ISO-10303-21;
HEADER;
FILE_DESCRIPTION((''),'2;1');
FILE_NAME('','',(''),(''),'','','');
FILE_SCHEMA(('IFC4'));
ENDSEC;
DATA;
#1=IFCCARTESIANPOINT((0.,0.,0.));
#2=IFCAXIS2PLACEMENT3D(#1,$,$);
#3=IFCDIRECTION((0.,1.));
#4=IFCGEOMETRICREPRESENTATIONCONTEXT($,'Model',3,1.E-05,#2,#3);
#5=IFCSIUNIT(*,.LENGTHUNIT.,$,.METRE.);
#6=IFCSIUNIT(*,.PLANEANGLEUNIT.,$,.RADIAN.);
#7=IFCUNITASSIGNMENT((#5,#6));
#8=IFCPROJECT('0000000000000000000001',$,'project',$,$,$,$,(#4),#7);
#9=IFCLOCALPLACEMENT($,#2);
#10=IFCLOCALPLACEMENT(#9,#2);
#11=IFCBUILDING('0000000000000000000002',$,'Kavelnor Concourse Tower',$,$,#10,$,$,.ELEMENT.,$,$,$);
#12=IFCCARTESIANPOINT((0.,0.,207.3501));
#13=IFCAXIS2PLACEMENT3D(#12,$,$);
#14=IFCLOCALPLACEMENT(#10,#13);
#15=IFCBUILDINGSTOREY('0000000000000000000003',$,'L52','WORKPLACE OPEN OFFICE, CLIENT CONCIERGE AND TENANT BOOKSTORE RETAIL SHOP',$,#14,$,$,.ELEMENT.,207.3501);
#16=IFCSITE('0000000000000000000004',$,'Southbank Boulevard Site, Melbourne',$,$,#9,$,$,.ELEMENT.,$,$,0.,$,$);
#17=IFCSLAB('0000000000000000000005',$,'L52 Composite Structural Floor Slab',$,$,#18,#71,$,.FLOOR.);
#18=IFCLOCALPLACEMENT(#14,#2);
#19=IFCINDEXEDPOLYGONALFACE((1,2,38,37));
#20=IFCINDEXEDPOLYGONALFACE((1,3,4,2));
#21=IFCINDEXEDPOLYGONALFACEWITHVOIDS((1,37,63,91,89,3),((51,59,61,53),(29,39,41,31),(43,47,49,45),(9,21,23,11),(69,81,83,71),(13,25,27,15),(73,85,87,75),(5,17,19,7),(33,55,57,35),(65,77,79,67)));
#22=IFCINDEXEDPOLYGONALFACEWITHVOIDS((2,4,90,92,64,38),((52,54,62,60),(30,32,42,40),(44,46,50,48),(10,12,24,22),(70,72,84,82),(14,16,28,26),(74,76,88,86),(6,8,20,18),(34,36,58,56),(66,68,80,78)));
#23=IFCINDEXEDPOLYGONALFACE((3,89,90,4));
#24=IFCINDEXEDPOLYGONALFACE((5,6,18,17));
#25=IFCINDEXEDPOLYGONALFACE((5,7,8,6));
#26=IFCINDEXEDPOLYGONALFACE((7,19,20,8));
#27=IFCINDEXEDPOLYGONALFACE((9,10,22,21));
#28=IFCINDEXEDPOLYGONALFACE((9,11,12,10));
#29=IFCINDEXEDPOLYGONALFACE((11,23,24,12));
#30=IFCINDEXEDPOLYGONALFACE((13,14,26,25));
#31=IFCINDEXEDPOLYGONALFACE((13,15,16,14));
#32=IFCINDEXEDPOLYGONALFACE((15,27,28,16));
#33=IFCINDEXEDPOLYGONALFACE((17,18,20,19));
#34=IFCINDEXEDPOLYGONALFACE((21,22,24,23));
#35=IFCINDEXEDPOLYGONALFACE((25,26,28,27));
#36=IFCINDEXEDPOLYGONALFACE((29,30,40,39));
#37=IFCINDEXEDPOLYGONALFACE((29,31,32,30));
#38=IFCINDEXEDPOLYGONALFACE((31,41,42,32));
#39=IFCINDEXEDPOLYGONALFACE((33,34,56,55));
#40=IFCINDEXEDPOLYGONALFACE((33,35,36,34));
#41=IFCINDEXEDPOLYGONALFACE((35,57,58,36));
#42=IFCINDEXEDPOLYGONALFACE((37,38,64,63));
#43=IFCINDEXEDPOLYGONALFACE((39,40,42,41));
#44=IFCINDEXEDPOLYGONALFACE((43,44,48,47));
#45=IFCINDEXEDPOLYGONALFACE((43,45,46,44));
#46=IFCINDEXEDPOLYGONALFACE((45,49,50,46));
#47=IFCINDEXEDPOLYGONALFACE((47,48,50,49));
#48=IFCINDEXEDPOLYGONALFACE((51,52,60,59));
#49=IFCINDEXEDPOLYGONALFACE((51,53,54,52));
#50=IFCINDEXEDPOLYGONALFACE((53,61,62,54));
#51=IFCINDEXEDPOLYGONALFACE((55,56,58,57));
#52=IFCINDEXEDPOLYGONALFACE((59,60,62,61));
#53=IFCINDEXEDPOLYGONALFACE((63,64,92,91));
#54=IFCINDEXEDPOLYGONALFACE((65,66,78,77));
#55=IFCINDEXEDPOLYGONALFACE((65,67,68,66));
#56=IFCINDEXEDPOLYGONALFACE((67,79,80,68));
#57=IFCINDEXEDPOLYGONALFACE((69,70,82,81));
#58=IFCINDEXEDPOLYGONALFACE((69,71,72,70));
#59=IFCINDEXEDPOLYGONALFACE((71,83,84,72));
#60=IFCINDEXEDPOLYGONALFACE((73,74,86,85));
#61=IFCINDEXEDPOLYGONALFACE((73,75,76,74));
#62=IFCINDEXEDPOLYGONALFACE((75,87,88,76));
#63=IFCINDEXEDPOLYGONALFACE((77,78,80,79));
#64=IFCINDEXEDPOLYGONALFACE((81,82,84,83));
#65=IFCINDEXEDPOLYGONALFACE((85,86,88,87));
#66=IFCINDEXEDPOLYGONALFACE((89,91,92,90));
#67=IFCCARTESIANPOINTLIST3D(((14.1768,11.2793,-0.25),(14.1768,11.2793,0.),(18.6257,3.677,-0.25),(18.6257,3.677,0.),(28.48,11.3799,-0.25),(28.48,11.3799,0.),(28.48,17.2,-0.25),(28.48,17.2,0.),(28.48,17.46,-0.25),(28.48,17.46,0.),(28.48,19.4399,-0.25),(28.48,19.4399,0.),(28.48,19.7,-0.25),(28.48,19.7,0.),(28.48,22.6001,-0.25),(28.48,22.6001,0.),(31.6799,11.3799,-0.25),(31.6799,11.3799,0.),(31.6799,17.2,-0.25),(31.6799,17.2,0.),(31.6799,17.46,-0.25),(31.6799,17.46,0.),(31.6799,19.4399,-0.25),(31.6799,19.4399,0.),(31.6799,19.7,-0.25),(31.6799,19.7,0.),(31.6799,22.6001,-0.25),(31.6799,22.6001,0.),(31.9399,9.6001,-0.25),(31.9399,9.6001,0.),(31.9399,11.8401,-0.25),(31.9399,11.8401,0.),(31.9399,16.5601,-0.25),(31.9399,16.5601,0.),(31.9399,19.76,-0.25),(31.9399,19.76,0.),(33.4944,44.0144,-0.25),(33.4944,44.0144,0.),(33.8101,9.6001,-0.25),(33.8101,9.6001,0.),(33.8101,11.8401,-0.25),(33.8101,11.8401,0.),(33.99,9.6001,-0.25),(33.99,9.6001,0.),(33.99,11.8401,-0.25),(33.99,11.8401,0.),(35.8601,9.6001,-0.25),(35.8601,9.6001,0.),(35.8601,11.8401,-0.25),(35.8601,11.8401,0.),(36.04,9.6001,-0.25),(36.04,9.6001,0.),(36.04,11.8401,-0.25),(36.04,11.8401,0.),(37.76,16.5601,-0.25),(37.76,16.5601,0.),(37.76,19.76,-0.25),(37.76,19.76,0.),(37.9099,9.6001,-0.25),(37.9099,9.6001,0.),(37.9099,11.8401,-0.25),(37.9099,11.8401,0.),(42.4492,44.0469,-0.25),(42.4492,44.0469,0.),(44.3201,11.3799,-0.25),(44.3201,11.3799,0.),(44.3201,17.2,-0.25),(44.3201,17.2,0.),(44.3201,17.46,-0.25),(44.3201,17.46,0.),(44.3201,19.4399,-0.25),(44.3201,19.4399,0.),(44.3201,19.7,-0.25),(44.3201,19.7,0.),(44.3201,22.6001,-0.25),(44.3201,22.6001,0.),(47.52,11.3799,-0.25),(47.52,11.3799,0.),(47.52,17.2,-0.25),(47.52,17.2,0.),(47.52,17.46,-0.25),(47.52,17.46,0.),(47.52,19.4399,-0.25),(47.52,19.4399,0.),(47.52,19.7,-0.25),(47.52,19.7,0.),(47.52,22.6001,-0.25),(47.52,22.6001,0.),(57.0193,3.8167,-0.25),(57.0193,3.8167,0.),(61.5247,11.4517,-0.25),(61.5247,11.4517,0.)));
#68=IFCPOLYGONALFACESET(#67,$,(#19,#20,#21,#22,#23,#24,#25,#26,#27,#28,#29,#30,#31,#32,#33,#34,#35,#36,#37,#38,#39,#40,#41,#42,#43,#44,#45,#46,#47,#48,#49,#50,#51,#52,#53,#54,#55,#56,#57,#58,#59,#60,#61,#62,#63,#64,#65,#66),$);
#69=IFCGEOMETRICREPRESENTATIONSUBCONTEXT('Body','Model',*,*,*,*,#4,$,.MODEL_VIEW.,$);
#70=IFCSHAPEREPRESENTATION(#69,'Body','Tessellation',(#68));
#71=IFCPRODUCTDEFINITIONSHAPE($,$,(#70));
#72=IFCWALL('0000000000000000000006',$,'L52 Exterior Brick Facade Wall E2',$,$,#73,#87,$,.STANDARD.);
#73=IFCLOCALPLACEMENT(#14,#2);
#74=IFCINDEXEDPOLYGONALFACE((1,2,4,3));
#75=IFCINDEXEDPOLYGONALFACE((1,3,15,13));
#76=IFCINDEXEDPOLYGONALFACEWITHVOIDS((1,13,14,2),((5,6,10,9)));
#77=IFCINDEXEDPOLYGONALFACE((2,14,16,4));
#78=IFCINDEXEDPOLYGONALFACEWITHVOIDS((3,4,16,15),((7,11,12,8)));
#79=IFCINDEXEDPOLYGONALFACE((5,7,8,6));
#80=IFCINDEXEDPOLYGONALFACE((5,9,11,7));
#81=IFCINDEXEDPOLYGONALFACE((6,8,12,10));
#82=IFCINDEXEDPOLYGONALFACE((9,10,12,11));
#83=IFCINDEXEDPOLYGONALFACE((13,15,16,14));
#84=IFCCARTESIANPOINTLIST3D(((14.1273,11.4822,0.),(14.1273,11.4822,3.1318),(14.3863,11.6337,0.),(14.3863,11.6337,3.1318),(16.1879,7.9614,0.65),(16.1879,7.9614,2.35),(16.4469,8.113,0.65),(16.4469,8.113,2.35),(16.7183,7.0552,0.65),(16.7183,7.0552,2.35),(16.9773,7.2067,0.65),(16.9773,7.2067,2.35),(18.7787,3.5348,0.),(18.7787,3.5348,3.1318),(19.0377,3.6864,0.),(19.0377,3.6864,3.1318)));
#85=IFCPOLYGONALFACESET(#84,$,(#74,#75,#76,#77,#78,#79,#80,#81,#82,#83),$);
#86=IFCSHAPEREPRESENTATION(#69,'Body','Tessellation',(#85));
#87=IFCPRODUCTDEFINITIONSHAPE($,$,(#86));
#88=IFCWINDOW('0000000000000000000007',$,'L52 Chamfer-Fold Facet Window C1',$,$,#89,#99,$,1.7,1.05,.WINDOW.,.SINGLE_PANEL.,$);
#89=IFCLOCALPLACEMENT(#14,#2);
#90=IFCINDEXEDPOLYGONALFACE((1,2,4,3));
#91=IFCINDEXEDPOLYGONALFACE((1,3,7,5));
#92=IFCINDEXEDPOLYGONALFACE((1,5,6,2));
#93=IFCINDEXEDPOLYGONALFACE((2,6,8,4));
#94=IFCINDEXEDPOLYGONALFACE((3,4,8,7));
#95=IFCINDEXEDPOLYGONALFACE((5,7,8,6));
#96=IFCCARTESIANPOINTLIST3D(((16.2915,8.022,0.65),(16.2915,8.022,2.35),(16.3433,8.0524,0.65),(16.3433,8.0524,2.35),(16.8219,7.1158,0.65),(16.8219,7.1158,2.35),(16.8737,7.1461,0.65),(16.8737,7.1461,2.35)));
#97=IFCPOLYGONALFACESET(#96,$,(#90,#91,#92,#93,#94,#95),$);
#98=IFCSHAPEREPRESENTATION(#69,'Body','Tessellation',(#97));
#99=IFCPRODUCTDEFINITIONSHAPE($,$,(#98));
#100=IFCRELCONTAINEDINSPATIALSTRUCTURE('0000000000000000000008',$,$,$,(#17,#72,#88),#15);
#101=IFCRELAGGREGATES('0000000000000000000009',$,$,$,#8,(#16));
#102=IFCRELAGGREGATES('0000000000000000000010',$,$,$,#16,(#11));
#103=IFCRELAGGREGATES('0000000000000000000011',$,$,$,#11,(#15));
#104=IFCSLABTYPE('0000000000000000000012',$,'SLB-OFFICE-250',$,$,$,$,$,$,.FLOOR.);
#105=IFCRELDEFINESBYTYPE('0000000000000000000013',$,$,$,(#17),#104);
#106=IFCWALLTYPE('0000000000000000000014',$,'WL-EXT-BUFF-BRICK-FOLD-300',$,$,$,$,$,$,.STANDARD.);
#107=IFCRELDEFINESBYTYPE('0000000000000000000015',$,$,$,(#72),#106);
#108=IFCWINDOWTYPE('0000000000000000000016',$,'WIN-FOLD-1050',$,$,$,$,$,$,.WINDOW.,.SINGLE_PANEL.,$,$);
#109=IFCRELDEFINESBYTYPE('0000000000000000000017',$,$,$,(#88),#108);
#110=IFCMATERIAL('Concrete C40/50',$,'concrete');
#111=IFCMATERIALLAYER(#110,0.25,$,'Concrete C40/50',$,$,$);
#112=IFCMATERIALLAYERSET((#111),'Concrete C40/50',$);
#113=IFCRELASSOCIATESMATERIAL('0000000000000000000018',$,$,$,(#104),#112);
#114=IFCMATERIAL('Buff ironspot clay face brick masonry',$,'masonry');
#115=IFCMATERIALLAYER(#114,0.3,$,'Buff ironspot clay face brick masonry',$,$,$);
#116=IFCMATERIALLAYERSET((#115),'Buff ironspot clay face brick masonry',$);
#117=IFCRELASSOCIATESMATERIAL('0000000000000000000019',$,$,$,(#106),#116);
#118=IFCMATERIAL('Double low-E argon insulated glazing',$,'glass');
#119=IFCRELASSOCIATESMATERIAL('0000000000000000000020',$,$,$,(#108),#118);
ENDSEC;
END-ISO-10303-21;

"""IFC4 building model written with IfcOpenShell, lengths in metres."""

from ifc_helpers import new_model, si_unit, direction, frame, frame_2d, origin, place, context, subcontext, project, spatial, polyline, rectangle, outline, extrude, material, layer, layer_set, type_object, element, fill, save


model = new_model("IFC4")

# Units and contexts
model_context = context("Model", 3, precision=1e-05, world=origin(), true_north=direction((0.0, 1.0)))
body_context = subcontext(model_context, "Body", "Model", "MODEL_VIEW")
ifc_project = project(units=[si_unit("LENGTHUNIT", "METRE"), si_unit("PLANEANGLEUNIT", "RADIAN")], contexts=[model_context])

# Site, building, storey
site_placement = place(None, origin())
site = spatial("IfcSite", under=ifc_project, at=site_placement, Name="Southbank Boulevard Site, Melbourne", CompositionType="ELEMENT", RefElevation=0.0)
building_placement = place(site_placement, origin())
building = spatial("IfcBuilding", under=site, at=building_placement, Name="Kavelnor Concourse Tower", CompositionType="ELEMENT")
storey_placement = place(building_placement, frame((0.0, 0.0, 207.3501)))
storey = spatial("IfcBuildingStorey", under=building, at=storey_placement, Name="L52", Description="WORKPLACE OPEN OFFICE, CLIENT CONCIERGE AND TENANT BOOKSTORE RETAIL SHOP", CompositionType="ELEMENT", Elevation=207.3501)

# Shared definitions
ifc_material_1 = material(Name="Concrete C40/50", Category="concrete")

# Slab
ifc_layer_1 = layer(ifc_material_1, 0.25, Name="Concrete C40/50")
ifc_layer_set_1 = layer_set([ifc_layer_1], Name="Concrete C40/50")
slab_type_1 = type_object("IfcSlabType", Name="SLB-OFFICE-250", PredefinedType="FLOOR", material=ifc_layer_set_1)
slab_1_placement = place(storey_placement, frame((0.0, 0.0, -0.25)))
element("IfcSlab", 1, at=slab_1_placement, inside=storey, type_object=slab_type_1, Name="L52 Composite Structural Floor Slab", PredefinedType="FLOOR", context=body_context, shape_type="SweptSolid", body=[
    extrude(outline(polyline([(42.4492, 44.0469), (33.4944, 44.0144), (14.1768, 11.2793), (18.6257, 3.677), (57.0193, 3.8167), (61.5247, 11.4517), (42.4492, 44.0469)]), holes=[polyline([(28.48, 11.3799), (31.6799, 11.3799), (31.6799, 17.2), (28.48, 17.2), (28.48, 11.3799)]), polyline([(44.3201, 11.3799), (47.52, 11.3799), (47.52, 17.2), (44.3201, 17.2), (44.3201, 11.3799)]), polyline([(31.9399, 16.5601), (37.76, 16.5601), (37.76, 19.76), (31.9399, 19.76), (31.9399, 16.5601)]), polyline([(28.48, 19.7), (31.6799, 19.7), (31.6799, 22.6001), (28.48, 22.6001), (28.48, 19.7)]), polyline([(44.3201, 19.7), (47.52, 19.7), (47.52, 22.6001), (44.3201, 22.6001), (44.3201, 19.7)]), polyline([(31.9399, 9.6001), (33.8101, 9.6001), (33.8101, 11.8401), (31.9399, 11.8401), (31.9399, 9.6001)]), polyline([(33.99, 9.6001), (35.8601, 9.6001), (35.8601, 11.8401), (33.99, 11.8401), (33.99, 9.6001)]), polyline([(36.04, 9.6001), (37.9099, 9.6001), (37.9099, 11.8401), (36.04, 11.8401), (36.04, 9.6001)]), polyline([(28.48, 17.46), (31.6799, 17.46), (31.6799, 19.4399), (28.48, 19.4399), (28.48, 17.46)]), polyline([(44.3201, 17.46), (47.52, 17.46), (47.52, 19.4399), (44.3201, 19.4399), (44.3201, 17.46)])]), origin(), (0.0, 0.0, 1.0), 0.25),
])

# Wall, opening, window
ifc_material_2 = material(Name="Buff ironspot clay face brick masonry", Category="masonry")
ifc_layer_2 = layer(ifc_material_2, 0.3, Name="Buff ironspot clay face brick masonry")
ifc_layer_set_2 = layer_set([ifc_layer_2], Name="Buff ironspot clay face brick masonry")
wall_type_1 = type_object("IfcWallType", Name="WL-EXT-BUFF-BRICK-FOLD-300", PredefinedType="STANDARD", material=ifc_layer_set_2)
wall_1_placement = place(storey_placement, frame((18.9082, 3.6106, 0.0), z_axis=(0.0, 0.0, 1.0), x_axis=(-0.505123, 0.863047, 0.0)))
wall_1 = element("IfcWall", 2, at=wall_1_placement, inside=storey, type_object=wall_type_1, Name="L52 Exterior Brick Facade Wall E2", PredefinedType="STANDARD", context=body_context, shape_type="SweptSolid", body=[
    extrude(rectangle(XDim=9.2085, YDim=0.3, at=frame_2d((4.6042, 0.0))), origin(), (0.0, 0.0, 1.0), 3.1318),
])
opening_1_placement = place(wall_1_placement, frame((4.0791, 0.0, 0.6499)))
opening_1 = element("IfcOpeningElement", 3, at=opening_1_placement, cuts=wall_1, PredefinedType="OPENING", context=body_context, shape_type="SweptSolid", body=[
    extrude(rectangle(XDim=1.05, YDim=1.7, at=frame_2d((0.5249, 0.8501))), frame((0.0, 0.1602, 0.0), z_axis=(0.0, -1.0, 0.0), x_axis=(1.0, 0.0, 0.0)), (0.0, 0.0, 1.0), 0.3201),
])
ifc_material_3 = material(Name="Double low-E argon insulated glazing", Category="glass")
window_type_1 = type_object("IfcWindowType", Name="WIN-FOLD-1050", PartitioningType="SINGLE_PANEL", PredefinedType="WINDOW", material=ifc_material_3)
window_1_placement = place(opening_1_placement, origin())
window_1 = element("IfcWindow", 4, at=window_1_placement, inside=storey, type_object=window_type_1, Name="L52 Chamfer-Fold Facet Window C1", OverallHeight=1.7, OverallWidth=1.05, PartitioningType="SINGLE_PANEL", PredefinedType="WINDOW", context=body_context, shape_type="SweptSolid", body=[
    extrude(rectangle(XDim=1.05, YDim=1.7, at=frame_2d((0.5249, 0.8501))), frame((0.0, 0.03, 0.0), z_axis=(0.0, -1.0, 0.0), x_axis=(1.0, 0.0, 0.0)), (0.0, 0.0, 1.0), 0.0601),
])
fill(opening_1, window_1)

save(model, "model.ifc")
